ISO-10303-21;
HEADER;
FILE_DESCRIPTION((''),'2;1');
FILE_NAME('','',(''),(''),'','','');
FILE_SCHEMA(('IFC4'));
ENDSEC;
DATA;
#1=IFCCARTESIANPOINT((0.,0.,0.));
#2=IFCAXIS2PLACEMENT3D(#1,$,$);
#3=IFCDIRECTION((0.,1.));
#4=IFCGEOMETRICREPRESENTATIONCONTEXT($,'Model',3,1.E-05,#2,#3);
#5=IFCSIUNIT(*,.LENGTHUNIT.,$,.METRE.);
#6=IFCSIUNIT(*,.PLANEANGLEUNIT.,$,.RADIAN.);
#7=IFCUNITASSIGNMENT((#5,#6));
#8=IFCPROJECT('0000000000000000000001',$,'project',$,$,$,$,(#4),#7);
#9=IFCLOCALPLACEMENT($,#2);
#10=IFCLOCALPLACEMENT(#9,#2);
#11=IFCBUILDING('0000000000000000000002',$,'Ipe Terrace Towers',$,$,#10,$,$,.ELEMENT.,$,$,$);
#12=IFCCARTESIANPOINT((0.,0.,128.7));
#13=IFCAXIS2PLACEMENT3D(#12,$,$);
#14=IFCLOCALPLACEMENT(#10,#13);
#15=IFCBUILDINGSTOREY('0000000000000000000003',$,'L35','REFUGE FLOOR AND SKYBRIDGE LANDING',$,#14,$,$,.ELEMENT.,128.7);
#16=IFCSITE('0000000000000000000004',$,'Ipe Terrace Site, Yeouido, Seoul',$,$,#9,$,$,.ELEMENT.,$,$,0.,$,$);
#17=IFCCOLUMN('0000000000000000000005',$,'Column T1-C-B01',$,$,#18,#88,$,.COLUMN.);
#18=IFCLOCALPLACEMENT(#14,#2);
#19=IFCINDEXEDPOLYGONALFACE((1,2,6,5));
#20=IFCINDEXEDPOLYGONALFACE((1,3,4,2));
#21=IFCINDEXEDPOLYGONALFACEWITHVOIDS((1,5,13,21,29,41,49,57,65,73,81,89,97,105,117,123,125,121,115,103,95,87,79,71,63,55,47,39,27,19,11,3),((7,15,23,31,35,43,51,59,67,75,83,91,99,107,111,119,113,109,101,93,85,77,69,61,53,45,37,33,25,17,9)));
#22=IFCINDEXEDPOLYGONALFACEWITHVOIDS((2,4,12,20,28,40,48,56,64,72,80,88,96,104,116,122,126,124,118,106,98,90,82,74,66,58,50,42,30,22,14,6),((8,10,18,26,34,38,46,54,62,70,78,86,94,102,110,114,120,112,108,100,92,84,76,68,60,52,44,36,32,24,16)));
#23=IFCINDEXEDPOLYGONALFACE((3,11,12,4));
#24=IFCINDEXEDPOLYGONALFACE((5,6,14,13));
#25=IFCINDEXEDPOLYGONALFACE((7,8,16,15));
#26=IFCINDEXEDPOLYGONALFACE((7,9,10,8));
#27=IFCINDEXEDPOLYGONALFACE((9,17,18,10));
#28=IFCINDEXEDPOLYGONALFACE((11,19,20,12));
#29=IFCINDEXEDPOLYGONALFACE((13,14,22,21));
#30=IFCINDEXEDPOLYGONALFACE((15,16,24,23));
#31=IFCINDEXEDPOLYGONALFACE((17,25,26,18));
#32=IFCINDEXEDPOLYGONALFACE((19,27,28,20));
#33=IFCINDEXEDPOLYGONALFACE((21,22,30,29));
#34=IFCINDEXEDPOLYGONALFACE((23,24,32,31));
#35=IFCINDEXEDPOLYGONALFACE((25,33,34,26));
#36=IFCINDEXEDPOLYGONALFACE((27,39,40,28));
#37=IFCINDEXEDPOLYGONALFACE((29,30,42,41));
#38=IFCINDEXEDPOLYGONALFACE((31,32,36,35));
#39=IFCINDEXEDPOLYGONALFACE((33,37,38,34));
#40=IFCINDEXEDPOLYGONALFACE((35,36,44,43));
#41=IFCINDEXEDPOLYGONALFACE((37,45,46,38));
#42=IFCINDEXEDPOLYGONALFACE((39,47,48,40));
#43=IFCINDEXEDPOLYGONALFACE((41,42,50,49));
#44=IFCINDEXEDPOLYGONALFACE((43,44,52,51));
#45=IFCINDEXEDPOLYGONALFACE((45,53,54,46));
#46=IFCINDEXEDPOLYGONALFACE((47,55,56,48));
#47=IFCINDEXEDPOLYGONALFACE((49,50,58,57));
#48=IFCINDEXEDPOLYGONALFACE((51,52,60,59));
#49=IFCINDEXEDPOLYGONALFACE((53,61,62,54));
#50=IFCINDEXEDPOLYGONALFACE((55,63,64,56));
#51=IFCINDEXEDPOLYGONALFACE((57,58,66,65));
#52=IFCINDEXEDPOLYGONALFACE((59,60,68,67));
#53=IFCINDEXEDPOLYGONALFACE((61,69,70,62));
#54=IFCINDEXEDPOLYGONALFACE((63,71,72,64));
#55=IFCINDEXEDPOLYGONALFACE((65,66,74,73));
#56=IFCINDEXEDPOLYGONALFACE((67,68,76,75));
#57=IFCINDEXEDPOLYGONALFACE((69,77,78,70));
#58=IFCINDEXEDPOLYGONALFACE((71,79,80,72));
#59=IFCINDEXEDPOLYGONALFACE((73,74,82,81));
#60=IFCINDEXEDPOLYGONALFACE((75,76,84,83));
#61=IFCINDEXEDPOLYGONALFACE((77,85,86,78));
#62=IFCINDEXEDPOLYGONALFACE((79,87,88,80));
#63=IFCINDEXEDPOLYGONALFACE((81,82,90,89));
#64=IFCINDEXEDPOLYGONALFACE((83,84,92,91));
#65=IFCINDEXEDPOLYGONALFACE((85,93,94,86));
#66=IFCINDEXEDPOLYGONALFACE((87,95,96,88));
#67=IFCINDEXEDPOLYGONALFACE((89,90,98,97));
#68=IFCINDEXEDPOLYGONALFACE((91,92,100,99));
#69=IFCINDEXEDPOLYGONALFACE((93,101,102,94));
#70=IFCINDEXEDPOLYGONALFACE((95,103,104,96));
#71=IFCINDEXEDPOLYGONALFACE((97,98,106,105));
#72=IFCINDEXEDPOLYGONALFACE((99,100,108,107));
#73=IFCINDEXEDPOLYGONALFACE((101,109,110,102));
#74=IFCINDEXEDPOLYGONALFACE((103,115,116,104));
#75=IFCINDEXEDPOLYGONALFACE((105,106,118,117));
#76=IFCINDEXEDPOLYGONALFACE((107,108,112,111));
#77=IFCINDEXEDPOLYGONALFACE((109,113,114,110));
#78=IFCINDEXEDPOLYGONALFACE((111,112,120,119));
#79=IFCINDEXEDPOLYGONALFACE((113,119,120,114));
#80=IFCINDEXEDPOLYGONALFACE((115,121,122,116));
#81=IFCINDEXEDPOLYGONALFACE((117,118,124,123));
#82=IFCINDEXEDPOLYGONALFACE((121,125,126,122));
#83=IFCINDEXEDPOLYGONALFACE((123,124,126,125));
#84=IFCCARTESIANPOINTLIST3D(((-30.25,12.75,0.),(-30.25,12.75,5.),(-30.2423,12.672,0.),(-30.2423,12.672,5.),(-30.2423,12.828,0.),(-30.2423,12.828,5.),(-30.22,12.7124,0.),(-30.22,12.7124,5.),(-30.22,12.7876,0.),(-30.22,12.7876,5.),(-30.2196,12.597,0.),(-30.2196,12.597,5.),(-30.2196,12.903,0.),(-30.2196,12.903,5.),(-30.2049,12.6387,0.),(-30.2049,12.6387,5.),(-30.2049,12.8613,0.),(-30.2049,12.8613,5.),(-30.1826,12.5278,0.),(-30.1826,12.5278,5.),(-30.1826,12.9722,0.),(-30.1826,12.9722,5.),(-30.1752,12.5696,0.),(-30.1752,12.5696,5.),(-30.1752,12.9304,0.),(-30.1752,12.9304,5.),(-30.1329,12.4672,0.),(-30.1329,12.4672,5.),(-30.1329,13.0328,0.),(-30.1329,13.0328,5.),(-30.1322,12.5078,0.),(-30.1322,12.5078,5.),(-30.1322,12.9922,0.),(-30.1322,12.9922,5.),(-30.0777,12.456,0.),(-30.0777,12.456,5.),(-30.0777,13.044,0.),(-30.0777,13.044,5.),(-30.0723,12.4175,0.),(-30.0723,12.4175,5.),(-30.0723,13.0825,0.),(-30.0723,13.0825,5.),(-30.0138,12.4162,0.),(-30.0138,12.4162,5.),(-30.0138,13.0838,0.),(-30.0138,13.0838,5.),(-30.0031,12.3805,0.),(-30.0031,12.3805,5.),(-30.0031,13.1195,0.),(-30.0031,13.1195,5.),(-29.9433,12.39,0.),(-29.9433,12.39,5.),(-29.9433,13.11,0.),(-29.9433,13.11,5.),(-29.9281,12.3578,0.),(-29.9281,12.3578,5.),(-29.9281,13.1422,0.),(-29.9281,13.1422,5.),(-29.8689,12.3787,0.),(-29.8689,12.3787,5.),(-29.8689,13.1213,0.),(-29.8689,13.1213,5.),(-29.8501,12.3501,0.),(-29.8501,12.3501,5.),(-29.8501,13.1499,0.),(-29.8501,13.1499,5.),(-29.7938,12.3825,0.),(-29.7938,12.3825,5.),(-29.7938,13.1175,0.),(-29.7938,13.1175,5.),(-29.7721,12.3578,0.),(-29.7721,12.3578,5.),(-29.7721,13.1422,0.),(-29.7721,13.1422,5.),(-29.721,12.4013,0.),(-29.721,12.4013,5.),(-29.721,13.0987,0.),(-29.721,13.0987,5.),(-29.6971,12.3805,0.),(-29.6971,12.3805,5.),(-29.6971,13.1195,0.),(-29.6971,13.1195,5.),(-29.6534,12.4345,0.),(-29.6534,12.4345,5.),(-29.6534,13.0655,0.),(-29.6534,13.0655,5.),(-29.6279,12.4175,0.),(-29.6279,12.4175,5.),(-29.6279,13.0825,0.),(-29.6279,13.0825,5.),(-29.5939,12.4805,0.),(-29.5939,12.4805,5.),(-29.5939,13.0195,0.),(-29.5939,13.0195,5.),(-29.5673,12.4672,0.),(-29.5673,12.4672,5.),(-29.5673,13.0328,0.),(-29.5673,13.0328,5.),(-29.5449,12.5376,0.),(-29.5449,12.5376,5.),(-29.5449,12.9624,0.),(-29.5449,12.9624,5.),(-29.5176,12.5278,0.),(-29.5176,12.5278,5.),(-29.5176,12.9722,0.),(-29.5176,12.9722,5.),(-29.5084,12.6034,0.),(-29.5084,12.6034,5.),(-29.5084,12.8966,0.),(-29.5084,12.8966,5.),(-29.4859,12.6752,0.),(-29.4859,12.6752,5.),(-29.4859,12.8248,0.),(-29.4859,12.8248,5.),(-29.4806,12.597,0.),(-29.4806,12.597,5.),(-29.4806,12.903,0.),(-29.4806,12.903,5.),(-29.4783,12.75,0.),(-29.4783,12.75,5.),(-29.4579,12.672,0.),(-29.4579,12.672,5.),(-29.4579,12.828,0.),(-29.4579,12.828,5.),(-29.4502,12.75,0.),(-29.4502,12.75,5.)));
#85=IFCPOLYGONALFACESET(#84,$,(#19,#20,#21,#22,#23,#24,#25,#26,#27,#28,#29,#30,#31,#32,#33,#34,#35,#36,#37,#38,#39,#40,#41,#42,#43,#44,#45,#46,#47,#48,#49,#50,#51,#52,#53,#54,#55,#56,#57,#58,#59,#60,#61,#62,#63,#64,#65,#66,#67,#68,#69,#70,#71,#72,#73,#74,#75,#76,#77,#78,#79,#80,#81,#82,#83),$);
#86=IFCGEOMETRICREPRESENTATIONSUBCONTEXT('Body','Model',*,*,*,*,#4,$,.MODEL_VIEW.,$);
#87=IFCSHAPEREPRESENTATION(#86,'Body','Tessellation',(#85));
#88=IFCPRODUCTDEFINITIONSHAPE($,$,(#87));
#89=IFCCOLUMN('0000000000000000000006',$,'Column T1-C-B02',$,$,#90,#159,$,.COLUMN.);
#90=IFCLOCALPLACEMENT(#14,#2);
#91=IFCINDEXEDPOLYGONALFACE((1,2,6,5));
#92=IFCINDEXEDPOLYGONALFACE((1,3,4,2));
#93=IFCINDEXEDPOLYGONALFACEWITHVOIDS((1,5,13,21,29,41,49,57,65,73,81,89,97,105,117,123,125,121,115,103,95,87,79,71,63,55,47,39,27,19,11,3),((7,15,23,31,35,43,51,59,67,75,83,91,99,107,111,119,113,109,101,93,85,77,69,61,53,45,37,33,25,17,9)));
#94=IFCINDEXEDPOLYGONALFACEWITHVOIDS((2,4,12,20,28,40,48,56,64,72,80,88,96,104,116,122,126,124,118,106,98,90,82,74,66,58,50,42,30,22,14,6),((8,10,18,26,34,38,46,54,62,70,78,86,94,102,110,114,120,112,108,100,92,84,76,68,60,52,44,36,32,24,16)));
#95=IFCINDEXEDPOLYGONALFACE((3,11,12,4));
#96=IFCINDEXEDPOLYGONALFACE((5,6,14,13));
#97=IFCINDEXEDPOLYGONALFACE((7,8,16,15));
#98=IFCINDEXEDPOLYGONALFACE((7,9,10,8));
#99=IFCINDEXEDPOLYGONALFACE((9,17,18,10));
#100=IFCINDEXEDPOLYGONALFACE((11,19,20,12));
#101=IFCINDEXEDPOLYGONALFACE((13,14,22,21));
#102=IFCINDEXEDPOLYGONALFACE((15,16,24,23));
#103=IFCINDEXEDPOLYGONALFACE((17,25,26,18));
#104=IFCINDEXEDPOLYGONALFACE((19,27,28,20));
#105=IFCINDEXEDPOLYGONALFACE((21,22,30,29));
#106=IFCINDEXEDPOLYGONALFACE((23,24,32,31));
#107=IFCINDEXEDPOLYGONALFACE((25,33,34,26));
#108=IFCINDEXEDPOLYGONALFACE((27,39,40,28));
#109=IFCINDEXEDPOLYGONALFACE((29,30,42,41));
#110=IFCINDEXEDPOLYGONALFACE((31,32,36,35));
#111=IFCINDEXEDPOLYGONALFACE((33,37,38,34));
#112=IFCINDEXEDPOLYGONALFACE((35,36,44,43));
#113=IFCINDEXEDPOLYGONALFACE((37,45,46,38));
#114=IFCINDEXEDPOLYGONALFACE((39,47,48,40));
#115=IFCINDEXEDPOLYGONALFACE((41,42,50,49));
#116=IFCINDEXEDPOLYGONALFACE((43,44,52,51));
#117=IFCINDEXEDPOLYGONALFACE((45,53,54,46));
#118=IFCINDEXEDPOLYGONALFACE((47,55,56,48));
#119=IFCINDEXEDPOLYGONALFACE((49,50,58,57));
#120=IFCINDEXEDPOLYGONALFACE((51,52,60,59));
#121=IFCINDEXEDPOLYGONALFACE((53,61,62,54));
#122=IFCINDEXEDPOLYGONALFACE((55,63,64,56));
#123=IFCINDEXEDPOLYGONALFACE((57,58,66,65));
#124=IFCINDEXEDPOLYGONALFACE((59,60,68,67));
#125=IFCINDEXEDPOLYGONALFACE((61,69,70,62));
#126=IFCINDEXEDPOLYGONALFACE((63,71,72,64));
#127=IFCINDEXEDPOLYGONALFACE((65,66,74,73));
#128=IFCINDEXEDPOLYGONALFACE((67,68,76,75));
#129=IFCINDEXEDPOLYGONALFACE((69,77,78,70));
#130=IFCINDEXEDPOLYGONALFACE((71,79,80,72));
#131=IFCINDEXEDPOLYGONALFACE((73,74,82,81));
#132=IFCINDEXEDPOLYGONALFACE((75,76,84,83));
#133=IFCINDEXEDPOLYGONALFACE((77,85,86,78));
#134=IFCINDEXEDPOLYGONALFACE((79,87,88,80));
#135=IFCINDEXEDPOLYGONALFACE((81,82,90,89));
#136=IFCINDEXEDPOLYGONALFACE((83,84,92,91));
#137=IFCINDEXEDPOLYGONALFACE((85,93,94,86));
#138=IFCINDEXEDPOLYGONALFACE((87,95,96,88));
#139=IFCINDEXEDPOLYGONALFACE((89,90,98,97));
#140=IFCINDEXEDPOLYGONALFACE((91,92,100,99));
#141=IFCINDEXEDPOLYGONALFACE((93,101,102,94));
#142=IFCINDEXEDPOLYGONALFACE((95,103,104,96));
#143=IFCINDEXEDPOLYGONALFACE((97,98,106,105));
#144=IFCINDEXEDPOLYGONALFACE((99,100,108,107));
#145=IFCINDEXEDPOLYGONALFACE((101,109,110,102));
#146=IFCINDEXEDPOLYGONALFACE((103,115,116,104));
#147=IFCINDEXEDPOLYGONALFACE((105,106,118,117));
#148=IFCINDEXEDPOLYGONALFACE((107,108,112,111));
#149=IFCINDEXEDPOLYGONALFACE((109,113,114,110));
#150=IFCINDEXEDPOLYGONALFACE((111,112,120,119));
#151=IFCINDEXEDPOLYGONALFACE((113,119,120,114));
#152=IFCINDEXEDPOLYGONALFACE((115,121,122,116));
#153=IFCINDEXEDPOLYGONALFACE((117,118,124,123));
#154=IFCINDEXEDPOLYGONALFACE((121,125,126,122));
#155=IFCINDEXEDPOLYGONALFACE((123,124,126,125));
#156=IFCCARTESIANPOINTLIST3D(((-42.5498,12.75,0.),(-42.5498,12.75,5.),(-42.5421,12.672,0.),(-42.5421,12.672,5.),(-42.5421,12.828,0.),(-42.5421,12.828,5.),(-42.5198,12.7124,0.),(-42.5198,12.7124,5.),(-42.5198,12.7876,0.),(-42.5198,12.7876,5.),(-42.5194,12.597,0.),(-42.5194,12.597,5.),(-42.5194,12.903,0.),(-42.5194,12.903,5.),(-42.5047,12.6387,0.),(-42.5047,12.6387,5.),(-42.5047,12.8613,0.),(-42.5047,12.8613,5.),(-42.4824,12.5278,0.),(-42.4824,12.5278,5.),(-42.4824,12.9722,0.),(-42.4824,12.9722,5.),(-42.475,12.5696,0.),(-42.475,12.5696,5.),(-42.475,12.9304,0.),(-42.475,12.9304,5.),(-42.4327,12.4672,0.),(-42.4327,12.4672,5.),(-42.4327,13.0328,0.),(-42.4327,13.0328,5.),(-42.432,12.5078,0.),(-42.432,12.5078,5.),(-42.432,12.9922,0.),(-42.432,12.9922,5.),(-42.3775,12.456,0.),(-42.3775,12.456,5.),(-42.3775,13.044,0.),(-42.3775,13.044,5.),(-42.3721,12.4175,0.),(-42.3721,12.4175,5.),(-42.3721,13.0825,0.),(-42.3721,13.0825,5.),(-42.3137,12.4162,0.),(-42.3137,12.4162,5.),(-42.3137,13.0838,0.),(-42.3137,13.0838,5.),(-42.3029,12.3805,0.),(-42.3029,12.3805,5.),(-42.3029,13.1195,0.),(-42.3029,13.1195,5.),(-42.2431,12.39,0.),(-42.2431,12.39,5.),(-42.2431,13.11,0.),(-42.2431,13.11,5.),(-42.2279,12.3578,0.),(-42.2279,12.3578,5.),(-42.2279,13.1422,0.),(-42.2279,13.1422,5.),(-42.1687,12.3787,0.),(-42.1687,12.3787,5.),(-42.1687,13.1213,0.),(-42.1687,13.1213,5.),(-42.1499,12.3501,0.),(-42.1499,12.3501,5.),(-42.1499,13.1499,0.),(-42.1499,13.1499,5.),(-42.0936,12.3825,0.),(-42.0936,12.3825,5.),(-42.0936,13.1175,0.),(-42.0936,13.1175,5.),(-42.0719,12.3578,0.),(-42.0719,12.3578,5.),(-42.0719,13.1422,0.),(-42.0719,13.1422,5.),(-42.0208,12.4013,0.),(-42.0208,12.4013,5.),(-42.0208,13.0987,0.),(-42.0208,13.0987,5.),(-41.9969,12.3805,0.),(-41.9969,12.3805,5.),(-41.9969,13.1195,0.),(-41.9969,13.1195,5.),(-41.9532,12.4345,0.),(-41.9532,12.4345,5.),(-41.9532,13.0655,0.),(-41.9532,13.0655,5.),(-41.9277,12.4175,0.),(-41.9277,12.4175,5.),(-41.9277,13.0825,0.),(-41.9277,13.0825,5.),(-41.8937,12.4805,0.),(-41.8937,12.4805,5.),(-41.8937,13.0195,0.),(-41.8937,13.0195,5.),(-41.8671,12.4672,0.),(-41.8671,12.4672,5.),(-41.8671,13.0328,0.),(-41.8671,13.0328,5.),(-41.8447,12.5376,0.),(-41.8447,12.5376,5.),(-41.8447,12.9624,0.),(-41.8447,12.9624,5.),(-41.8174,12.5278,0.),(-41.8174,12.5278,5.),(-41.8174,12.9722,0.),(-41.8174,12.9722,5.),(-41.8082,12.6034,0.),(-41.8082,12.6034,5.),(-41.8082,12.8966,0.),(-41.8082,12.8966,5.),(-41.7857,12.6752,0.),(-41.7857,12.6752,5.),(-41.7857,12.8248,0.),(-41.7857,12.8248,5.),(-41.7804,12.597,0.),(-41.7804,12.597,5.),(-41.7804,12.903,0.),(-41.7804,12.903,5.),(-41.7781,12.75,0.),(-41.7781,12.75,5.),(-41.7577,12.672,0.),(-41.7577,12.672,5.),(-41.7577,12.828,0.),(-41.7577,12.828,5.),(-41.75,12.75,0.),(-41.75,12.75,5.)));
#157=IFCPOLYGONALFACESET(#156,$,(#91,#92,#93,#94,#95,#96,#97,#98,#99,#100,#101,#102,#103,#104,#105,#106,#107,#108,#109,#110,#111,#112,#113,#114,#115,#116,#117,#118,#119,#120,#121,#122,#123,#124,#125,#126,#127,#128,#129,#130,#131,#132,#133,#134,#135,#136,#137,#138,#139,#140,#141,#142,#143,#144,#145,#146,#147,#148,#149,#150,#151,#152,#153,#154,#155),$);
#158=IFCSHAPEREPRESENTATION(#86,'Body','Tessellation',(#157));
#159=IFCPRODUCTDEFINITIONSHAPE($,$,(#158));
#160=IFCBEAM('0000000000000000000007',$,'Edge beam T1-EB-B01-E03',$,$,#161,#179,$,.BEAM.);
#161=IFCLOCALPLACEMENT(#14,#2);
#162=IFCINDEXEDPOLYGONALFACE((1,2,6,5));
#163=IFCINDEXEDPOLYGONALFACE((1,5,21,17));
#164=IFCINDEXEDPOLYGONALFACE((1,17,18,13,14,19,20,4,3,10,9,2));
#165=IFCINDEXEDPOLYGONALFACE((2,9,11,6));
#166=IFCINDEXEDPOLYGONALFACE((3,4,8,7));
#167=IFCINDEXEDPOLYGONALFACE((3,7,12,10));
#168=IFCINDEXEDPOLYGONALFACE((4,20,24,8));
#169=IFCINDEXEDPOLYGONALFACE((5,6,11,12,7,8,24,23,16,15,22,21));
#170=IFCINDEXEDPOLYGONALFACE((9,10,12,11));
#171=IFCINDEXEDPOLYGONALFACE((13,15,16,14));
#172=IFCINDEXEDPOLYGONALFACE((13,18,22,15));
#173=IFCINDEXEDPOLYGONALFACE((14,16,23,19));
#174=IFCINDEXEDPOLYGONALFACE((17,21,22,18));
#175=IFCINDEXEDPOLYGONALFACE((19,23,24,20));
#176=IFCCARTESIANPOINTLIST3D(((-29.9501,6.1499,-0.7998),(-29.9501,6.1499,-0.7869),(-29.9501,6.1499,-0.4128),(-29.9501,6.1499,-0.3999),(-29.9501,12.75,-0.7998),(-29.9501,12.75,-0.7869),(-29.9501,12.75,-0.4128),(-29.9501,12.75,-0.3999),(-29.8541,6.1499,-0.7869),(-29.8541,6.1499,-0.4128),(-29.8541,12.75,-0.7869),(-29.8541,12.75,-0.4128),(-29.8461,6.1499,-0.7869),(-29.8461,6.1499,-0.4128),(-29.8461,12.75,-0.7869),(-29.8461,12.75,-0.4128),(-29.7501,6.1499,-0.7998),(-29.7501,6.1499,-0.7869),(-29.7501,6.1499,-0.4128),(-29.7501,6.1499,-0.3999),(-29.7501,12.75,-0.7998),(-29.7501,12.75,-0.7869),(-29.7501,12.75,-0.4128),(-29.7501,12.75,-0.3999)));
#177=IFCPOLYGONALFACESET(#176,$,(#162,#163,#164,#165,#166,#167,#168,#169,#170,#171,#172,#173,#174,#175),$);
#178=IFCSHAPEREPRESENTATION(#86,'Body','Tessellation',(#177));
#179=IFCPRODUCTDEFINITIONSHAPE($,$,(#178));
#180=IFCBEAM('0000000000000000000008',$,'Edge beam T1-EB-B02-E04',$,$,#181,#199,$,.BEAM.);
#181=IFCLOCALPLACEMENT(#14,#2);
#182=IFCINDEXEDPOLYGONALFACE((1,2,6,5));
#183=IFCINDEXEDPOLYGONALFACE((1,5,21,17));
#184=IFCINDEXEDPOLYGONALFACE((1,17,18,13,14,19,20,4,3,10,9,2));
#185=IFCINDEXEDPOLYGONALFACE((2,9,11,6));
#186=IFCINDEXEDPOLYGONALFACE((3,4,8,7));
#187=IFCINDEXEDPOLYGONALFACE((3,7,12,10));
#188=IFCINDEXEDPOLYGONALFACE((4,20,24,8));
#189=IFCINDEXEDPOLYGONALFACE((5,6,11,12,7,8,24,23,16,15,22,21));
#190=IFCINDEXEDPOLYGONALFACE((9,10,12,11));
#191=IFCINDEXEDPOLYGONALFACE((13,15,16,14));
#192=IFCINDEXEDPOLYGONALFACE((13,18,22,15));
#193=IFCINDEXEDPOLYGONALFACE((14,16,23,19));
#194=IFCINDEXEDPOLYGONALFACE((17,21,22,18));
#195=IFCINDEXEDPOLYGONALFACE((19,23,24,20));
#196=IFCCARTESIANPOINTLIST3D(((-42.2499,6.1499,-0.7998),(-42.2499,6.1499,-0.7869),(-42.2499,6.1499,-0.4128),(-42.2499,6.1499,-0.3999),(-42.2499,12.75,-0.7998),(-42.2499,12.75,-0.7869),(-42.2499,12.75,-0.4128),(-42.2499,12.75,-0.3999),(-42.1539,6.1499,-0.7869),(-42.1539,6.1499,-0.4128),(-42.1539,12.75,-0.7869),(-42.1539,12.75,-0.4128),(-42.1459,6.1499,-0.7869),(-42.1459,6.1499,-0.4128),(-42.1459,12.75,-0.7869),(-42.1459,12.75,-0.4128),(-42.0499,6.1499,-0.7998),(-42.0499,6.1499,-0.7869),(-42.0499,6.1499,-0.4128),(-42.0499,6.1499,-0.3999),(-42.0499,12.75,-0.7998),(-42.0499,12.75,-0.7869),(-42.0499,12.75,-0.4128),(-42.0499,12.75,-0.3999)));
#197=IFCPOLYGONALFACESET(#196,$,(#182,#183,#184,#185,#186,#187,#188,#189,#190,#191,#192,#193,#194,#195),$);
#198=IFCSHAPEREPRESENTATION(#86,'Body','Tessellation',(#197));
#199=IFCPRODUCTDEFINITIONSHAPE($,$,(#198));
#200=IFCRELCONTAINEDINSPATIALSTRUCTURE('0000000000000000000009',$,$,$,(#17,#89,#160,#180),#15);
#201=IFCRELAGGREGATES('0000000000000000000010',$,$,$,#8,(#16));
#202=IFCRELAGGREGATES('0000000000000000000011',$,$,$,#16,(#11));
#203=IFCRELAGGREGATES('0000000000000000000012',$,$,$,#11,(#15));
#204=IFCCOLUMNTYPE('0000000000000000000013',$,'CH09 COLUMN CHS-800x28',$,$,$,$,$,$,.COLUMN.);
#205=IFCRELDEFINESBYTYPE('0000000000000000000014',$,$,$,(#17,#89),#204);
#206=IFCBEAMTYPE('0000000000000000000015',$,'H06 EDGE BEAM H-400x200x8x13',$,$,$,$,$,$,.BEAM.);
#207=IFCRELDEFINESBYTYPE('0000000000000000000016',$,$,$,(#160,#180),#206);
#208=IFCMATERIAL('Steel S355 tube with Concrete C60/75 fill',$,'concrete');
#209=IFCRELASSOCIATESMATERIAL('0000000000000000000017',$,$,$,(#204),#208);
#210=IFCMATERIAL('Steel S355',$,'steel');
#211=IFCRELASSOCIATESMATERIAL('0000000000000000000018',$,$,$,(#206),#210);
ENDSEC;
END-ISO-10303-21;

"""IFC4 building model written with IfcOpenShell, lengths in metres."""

from ifc_helpers import new_model, si_unit, direction, frame, origin, origin_2d, place, context, subcontext, project, spatial, hollow_circle, i_section, extrude, material, material_profile, profile_set, type_object, element, save


model = new_model("IFC4")

# Units and contexts
model_context = context("Model", 3, precision=1e-05, world=origin(), true_north=direction((0.0, 1.0)))
body_context = subcontext(model_context, "Body", "Model", "MODEL_VIEW")
ifc_project = project(units=[si_unit("LENGTHUNIT", "METRE"), si_unit("PLANEANGLEUNIT", "RADIAN")], contexts=[model_context])

# Site, building, storey
site_placement = place(None, origin())
site = spatial("IfcSite", under=ifc_project, at=site_placement, Name="Ipe Terrace Site, Yeouido, Seoul", CompositionType="ELEMENT", RefElevation=0.0)
building_placement = place(site_placement, origin())
building = spatial("IfcBuilding", under=site, at=building_placement, Name="Ipe Terrace Towers", CompositionType="ELEMENT")
storey_placement = place(building_placement, frame((0.0, 0.0, 128.7)))
storey = spatial("IfcBuildingStorey", under=building, at=storey_placement, Name="L35", Description="REFUGE FLOOR AND SKYBRIDGE LANDING", CompositionType="ELEMENT", Elevation=128.7)

# Columns
ifc_material_1 = material(Name="Steel S355 tube with Concrete C60/75 fill", Category="concrete")
ifc_material_profile_1 = material_profile(ifc_material_1, hollow_circle(Radius=0.3999, WallThickness=0.0281, at=origin_2d()), Name="CHS-800x28")
ifc_profile_set_1 = profile_set([ifc_material_profile_1], Name="Steel S355 tube with Concrete C60/75 fill")
column_type = type_object("IfcColumnType", Name="CH09 COLUMN CHS-800x28", PredefinedType="COLUMN", material=ifc_profile_set_1)
for number, where, z_axis, x_axis, name in (
    (1, (-29.8501, 12.75, 0.0), (0.0, 0.0, 1.0), (1.0, 0.0, 0.0), "Column T1-C-B01"),
    (2, (-42.1499, 12.75, 0.0), (0.0, 0.0, 1.0), (1.0, 0.0, 0.0), "Column T1-C-B02"),
):
    element("IfcColumn", number, at=place(storey_placement, frame(where, z_axis=z_axis, x_axis=x_axis)), inside=storey, type_object=column_type, Name=name, PredefinedType="COLUMN", context=body_context, shape_type="SweptSolid", body=[
        extrude(hollow_circle(Radius=0.3999, WallThickness=0.0281, at=origin_2d()), origin(), (0.0, 0.0, 1.0), 5.0),
    ])

# Beams
ifc_material_2 = material(Name="Steel S355", Category="steel")
ifc_material_profile_2 = material_profile(ifc_material_2, i_section(OverallWidth=0.2, OverallDepth=0.3999, WebThickness=0.0081, FlangeThickness=0.0129, at=origin_2d()), Name="H-400x200x8x13")
ifc_profile_set_2 = profile_set([ifc_material_profile_2], Name="Steel S355")
beam_type = type_object("IfcBeamType", Name="H06 EDGE BEAM H-400x200x8x13", PredefinedType="BEAM", material=ifc_profile_set_2)
for number, where, z_axis, x_axis, name in (
    (3, (-29.8501, 12.75, -0.5999), (0.0, -1.0, 0.0), (1.0, 0.0, 0.0), "Edge beam T1-EB-B01-E03"),
    (4, (-42.1499, 12.75, -0.5999), (0.0, -1.0, 0.0), (1.0, 0.0, 0.0), "Edge beam T1-EB-B02-E04"),
):
    element("IfcBeam", number, at=place(storey_placement, frame(where, z_axis=z_axis, x_axis=x_axis)), inside=storey, type_object=beam_type, Name=name, PredefinedType="BEAM", context=body_context, shape_type="SweptSolid", body=[
        extrude(i_section(OverallWidth=0.2, OverallDepth=0.3999, WebThickness=0.0081, FlangeThickness=0.0129, at=origin_2d()), origin(), (0.0, 0.0, 1.0), 6.6001),
    ])

save(model, "model.ifc")
